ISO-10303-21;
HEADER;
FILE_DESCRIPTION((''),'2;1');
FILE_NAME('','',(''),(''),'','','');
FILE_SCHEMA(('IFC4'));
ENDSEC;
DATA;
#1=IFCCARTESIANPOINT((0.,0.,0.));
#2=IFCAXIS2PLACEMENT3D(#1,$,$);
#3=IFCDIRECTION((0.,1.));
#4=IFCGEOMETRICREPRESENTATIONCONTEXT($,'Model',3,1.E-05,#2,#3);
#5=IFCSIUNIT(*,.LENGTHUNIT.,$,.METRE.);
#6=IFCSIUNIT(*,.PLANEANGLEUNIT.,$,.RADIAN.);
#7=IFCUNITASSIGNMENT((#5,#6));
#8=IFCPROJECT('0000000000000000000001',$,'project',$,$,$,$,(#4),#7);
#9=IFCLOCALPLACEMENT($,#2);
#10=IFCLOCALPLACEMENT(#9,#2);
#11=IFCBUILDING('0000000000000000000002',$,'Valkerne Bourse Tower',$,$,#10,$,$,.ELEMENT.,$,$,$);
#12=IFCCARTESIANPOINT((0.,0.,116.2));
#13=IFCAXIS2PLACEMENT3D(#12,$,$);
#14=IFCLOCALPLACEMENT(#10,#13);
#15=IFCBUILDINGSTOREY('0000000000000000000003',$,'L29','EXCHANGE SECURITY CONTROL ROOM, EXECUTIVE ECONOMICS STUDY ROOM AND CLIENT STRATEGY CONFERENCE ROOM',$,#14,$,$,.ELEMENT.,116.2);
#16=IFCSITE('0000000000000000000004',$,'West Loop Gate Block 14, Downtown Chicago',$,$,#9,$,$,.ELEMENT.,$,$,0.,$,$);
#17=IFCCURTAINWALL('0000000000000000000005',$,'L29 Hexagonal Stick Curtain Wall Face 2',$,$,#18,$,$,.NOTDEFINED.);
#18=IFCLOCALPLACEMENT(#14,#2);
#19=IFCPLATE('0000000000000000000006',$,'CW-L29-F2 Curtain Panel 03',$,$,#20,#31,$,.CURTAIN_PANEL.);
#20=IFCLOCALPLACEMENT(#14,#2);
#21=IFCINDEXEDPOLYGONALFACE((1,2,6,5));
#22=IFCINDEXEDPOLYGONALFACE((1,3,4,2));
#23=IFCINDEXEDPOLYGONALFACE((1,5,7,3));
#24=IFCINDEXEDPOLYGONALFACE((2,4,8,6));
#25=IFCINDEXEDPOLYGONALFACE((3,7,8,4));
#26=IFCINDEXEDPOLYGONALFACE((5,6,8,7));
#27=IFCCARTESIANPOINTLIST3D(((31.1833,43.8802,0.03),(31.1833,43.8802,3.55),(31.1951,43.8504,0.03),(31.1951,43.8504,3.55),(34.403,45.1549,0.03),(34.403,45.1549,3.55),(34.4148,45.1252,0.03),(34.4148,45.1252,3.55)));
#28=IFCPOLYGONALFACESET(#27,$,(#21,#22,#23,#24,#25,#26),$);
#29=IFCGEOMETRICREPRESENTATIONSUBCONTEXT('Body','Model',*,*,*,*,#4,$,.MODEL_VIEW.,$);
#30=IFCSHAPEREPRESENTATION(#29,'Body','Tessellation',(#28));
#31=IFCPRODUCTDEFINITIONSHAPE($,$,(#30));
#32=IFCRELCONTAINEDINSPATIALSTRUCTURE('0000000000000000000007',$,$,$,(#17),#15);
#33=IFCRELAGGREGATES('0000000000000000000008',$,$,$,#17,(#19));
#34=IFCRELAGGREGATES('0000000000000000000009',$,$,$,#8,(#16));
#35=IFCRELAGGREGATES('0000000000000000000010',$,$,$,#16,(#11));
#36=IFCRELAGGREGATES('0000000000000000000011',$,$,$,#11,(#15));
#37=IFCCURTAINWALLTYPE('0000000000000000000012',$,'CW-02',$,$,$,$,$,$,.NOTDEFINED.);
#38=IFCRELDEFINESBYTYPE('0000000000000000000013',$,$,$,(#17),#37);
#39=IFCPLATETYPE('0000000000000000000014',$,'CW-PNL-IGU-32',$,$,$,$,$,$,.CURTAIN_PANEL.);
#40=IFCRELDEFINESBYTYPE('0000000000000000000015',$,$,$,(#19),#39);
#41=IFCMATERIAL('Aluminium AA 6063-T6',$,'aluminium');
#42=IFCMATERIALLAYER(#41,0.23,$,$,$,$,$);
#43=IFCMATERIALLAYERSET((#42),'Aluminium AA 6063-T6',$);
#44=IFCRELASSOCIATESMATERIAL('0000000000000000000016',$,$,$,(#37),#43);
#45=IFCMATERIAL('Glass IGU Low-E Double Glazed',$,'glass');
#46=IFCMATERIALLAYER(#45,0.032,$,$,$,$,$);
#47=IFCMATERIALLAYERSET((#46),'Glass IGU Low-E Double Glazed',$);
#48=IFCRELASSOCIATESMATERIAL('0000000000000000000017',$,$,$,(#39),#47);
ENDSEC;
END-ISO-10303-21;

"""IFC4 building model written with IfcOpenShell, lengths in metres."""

from ifc_helpers import new_model, si_unit, direction, frame, origin, origin_2d, place, context, subcontext, project, spatial, rectangle, extrude, material, layer, layer_set, type_object, element, aggregate, save


model = new_model("IFC4")

# Units and contexts
model_context = context("Model", 3, precision=1e-05, world=origin(), true_north=direction((0.0, 1.0)))
body_context = subcontext(model_context, "Body", "Model", "MODEL_VIEW")
ifc_project = project(units=[si_unit("LENGTHUNIT", "METRE"), si_unit("PLANEANGLEUNIT", "RADIAN")], contexts=[model_context])

# Site, building, storey
site_placement = place(None, origin())
site = spatial("IfcSite", under=ifc_project, at=site_placement, Name="West Loop Gate Block 14, Downtown Chicago", CompositionType="ELEMENT", RefElevation=0.0)
building_placement = place(site_placement, origin())
building = spatial("IfcBuilding", under=site, at=building_placement, Name="Valkerne Bourse Tower", CompositionType="ELEMENT")
storey_placement = place(building_placement, frame((0.0, 0.0, 116.2)))
storey = spatial("IfcBuildingStorey", under=building, at=storey_placement, Name="L29", Description="EXCHANGE SECURITY CONTROL ROOM, EXECUTIVE ECONOMICS STUDY ROOM AND CLIENT STRATEGY CONFERENCE ROOM", CompositionType="ELEMENT", Elevation=116.2)

# Curtain wall
ifc_material_1 = material(Name="Aluminium AA 6063-T6", Category="aluminium")
ifc_layer_1 = layer(ifc_material_1, 0.23)
ifc_layer_set_1 = layer_set([ifc_layer_1], Name="Aluminium AA 6063-T6")
curtain_wall_type = type_object("IfcCurtainWallType", Name="CW-02", PredefinedType="NOTDEFINED", material=ifc_layer_set_1)
curtain_wall_1_placement = place(storey_placement, origin())
curtain_wall_1 = element("IfcCurtainWall", 1, at=curtain_wall_1_placement, inside=storey, type_object=curtain_wall_type, Name="L29 Hexagonal Stick Curtain Wall Face 2", PredefinedType="NOTDEFINED")

# Plate
ifc_material_2 = material(Name="Glass IGU Low-E Double Glazed", Category="glass")
ifc_layer_2 = layer(ifc_material_2, 0.032)
ifc_layer_set_2 = layer_set([ifc_layer_2], Name="Glass IGU Low-E Double Glazed")
plate_type = type_object("IfcPlateType", Name="CW-PNL-IGU-32", PredefinedType="CURTAIN_PANEL", material=ifc_layer_set_2)
plate_1_placement = place(storey_placement, frame((32.7991, 44.5027, 0.03), z_axis=(0.0, 0.0, 1.0), x_axis=(-0.929775, -0.368127, 0.0)))
plate_1 = element("IfcPlate", 2, at=plate_1_placement, type_object=plate_type, Name="CW-L29-F2 Curtain Panel 03", PredefinedType="CURTAIN_PANEL", context=body_context, shape_type="SweptSolid", body=[
    extrude(rectangle(XDim=3.4629, YDim=0.032, at=origin_2d()), origin(), (0.0, 0.0, 1.0), 3.52),
])
aggregate(curtain_wall_1, [plate_1])

save(model, "model.ifc")
